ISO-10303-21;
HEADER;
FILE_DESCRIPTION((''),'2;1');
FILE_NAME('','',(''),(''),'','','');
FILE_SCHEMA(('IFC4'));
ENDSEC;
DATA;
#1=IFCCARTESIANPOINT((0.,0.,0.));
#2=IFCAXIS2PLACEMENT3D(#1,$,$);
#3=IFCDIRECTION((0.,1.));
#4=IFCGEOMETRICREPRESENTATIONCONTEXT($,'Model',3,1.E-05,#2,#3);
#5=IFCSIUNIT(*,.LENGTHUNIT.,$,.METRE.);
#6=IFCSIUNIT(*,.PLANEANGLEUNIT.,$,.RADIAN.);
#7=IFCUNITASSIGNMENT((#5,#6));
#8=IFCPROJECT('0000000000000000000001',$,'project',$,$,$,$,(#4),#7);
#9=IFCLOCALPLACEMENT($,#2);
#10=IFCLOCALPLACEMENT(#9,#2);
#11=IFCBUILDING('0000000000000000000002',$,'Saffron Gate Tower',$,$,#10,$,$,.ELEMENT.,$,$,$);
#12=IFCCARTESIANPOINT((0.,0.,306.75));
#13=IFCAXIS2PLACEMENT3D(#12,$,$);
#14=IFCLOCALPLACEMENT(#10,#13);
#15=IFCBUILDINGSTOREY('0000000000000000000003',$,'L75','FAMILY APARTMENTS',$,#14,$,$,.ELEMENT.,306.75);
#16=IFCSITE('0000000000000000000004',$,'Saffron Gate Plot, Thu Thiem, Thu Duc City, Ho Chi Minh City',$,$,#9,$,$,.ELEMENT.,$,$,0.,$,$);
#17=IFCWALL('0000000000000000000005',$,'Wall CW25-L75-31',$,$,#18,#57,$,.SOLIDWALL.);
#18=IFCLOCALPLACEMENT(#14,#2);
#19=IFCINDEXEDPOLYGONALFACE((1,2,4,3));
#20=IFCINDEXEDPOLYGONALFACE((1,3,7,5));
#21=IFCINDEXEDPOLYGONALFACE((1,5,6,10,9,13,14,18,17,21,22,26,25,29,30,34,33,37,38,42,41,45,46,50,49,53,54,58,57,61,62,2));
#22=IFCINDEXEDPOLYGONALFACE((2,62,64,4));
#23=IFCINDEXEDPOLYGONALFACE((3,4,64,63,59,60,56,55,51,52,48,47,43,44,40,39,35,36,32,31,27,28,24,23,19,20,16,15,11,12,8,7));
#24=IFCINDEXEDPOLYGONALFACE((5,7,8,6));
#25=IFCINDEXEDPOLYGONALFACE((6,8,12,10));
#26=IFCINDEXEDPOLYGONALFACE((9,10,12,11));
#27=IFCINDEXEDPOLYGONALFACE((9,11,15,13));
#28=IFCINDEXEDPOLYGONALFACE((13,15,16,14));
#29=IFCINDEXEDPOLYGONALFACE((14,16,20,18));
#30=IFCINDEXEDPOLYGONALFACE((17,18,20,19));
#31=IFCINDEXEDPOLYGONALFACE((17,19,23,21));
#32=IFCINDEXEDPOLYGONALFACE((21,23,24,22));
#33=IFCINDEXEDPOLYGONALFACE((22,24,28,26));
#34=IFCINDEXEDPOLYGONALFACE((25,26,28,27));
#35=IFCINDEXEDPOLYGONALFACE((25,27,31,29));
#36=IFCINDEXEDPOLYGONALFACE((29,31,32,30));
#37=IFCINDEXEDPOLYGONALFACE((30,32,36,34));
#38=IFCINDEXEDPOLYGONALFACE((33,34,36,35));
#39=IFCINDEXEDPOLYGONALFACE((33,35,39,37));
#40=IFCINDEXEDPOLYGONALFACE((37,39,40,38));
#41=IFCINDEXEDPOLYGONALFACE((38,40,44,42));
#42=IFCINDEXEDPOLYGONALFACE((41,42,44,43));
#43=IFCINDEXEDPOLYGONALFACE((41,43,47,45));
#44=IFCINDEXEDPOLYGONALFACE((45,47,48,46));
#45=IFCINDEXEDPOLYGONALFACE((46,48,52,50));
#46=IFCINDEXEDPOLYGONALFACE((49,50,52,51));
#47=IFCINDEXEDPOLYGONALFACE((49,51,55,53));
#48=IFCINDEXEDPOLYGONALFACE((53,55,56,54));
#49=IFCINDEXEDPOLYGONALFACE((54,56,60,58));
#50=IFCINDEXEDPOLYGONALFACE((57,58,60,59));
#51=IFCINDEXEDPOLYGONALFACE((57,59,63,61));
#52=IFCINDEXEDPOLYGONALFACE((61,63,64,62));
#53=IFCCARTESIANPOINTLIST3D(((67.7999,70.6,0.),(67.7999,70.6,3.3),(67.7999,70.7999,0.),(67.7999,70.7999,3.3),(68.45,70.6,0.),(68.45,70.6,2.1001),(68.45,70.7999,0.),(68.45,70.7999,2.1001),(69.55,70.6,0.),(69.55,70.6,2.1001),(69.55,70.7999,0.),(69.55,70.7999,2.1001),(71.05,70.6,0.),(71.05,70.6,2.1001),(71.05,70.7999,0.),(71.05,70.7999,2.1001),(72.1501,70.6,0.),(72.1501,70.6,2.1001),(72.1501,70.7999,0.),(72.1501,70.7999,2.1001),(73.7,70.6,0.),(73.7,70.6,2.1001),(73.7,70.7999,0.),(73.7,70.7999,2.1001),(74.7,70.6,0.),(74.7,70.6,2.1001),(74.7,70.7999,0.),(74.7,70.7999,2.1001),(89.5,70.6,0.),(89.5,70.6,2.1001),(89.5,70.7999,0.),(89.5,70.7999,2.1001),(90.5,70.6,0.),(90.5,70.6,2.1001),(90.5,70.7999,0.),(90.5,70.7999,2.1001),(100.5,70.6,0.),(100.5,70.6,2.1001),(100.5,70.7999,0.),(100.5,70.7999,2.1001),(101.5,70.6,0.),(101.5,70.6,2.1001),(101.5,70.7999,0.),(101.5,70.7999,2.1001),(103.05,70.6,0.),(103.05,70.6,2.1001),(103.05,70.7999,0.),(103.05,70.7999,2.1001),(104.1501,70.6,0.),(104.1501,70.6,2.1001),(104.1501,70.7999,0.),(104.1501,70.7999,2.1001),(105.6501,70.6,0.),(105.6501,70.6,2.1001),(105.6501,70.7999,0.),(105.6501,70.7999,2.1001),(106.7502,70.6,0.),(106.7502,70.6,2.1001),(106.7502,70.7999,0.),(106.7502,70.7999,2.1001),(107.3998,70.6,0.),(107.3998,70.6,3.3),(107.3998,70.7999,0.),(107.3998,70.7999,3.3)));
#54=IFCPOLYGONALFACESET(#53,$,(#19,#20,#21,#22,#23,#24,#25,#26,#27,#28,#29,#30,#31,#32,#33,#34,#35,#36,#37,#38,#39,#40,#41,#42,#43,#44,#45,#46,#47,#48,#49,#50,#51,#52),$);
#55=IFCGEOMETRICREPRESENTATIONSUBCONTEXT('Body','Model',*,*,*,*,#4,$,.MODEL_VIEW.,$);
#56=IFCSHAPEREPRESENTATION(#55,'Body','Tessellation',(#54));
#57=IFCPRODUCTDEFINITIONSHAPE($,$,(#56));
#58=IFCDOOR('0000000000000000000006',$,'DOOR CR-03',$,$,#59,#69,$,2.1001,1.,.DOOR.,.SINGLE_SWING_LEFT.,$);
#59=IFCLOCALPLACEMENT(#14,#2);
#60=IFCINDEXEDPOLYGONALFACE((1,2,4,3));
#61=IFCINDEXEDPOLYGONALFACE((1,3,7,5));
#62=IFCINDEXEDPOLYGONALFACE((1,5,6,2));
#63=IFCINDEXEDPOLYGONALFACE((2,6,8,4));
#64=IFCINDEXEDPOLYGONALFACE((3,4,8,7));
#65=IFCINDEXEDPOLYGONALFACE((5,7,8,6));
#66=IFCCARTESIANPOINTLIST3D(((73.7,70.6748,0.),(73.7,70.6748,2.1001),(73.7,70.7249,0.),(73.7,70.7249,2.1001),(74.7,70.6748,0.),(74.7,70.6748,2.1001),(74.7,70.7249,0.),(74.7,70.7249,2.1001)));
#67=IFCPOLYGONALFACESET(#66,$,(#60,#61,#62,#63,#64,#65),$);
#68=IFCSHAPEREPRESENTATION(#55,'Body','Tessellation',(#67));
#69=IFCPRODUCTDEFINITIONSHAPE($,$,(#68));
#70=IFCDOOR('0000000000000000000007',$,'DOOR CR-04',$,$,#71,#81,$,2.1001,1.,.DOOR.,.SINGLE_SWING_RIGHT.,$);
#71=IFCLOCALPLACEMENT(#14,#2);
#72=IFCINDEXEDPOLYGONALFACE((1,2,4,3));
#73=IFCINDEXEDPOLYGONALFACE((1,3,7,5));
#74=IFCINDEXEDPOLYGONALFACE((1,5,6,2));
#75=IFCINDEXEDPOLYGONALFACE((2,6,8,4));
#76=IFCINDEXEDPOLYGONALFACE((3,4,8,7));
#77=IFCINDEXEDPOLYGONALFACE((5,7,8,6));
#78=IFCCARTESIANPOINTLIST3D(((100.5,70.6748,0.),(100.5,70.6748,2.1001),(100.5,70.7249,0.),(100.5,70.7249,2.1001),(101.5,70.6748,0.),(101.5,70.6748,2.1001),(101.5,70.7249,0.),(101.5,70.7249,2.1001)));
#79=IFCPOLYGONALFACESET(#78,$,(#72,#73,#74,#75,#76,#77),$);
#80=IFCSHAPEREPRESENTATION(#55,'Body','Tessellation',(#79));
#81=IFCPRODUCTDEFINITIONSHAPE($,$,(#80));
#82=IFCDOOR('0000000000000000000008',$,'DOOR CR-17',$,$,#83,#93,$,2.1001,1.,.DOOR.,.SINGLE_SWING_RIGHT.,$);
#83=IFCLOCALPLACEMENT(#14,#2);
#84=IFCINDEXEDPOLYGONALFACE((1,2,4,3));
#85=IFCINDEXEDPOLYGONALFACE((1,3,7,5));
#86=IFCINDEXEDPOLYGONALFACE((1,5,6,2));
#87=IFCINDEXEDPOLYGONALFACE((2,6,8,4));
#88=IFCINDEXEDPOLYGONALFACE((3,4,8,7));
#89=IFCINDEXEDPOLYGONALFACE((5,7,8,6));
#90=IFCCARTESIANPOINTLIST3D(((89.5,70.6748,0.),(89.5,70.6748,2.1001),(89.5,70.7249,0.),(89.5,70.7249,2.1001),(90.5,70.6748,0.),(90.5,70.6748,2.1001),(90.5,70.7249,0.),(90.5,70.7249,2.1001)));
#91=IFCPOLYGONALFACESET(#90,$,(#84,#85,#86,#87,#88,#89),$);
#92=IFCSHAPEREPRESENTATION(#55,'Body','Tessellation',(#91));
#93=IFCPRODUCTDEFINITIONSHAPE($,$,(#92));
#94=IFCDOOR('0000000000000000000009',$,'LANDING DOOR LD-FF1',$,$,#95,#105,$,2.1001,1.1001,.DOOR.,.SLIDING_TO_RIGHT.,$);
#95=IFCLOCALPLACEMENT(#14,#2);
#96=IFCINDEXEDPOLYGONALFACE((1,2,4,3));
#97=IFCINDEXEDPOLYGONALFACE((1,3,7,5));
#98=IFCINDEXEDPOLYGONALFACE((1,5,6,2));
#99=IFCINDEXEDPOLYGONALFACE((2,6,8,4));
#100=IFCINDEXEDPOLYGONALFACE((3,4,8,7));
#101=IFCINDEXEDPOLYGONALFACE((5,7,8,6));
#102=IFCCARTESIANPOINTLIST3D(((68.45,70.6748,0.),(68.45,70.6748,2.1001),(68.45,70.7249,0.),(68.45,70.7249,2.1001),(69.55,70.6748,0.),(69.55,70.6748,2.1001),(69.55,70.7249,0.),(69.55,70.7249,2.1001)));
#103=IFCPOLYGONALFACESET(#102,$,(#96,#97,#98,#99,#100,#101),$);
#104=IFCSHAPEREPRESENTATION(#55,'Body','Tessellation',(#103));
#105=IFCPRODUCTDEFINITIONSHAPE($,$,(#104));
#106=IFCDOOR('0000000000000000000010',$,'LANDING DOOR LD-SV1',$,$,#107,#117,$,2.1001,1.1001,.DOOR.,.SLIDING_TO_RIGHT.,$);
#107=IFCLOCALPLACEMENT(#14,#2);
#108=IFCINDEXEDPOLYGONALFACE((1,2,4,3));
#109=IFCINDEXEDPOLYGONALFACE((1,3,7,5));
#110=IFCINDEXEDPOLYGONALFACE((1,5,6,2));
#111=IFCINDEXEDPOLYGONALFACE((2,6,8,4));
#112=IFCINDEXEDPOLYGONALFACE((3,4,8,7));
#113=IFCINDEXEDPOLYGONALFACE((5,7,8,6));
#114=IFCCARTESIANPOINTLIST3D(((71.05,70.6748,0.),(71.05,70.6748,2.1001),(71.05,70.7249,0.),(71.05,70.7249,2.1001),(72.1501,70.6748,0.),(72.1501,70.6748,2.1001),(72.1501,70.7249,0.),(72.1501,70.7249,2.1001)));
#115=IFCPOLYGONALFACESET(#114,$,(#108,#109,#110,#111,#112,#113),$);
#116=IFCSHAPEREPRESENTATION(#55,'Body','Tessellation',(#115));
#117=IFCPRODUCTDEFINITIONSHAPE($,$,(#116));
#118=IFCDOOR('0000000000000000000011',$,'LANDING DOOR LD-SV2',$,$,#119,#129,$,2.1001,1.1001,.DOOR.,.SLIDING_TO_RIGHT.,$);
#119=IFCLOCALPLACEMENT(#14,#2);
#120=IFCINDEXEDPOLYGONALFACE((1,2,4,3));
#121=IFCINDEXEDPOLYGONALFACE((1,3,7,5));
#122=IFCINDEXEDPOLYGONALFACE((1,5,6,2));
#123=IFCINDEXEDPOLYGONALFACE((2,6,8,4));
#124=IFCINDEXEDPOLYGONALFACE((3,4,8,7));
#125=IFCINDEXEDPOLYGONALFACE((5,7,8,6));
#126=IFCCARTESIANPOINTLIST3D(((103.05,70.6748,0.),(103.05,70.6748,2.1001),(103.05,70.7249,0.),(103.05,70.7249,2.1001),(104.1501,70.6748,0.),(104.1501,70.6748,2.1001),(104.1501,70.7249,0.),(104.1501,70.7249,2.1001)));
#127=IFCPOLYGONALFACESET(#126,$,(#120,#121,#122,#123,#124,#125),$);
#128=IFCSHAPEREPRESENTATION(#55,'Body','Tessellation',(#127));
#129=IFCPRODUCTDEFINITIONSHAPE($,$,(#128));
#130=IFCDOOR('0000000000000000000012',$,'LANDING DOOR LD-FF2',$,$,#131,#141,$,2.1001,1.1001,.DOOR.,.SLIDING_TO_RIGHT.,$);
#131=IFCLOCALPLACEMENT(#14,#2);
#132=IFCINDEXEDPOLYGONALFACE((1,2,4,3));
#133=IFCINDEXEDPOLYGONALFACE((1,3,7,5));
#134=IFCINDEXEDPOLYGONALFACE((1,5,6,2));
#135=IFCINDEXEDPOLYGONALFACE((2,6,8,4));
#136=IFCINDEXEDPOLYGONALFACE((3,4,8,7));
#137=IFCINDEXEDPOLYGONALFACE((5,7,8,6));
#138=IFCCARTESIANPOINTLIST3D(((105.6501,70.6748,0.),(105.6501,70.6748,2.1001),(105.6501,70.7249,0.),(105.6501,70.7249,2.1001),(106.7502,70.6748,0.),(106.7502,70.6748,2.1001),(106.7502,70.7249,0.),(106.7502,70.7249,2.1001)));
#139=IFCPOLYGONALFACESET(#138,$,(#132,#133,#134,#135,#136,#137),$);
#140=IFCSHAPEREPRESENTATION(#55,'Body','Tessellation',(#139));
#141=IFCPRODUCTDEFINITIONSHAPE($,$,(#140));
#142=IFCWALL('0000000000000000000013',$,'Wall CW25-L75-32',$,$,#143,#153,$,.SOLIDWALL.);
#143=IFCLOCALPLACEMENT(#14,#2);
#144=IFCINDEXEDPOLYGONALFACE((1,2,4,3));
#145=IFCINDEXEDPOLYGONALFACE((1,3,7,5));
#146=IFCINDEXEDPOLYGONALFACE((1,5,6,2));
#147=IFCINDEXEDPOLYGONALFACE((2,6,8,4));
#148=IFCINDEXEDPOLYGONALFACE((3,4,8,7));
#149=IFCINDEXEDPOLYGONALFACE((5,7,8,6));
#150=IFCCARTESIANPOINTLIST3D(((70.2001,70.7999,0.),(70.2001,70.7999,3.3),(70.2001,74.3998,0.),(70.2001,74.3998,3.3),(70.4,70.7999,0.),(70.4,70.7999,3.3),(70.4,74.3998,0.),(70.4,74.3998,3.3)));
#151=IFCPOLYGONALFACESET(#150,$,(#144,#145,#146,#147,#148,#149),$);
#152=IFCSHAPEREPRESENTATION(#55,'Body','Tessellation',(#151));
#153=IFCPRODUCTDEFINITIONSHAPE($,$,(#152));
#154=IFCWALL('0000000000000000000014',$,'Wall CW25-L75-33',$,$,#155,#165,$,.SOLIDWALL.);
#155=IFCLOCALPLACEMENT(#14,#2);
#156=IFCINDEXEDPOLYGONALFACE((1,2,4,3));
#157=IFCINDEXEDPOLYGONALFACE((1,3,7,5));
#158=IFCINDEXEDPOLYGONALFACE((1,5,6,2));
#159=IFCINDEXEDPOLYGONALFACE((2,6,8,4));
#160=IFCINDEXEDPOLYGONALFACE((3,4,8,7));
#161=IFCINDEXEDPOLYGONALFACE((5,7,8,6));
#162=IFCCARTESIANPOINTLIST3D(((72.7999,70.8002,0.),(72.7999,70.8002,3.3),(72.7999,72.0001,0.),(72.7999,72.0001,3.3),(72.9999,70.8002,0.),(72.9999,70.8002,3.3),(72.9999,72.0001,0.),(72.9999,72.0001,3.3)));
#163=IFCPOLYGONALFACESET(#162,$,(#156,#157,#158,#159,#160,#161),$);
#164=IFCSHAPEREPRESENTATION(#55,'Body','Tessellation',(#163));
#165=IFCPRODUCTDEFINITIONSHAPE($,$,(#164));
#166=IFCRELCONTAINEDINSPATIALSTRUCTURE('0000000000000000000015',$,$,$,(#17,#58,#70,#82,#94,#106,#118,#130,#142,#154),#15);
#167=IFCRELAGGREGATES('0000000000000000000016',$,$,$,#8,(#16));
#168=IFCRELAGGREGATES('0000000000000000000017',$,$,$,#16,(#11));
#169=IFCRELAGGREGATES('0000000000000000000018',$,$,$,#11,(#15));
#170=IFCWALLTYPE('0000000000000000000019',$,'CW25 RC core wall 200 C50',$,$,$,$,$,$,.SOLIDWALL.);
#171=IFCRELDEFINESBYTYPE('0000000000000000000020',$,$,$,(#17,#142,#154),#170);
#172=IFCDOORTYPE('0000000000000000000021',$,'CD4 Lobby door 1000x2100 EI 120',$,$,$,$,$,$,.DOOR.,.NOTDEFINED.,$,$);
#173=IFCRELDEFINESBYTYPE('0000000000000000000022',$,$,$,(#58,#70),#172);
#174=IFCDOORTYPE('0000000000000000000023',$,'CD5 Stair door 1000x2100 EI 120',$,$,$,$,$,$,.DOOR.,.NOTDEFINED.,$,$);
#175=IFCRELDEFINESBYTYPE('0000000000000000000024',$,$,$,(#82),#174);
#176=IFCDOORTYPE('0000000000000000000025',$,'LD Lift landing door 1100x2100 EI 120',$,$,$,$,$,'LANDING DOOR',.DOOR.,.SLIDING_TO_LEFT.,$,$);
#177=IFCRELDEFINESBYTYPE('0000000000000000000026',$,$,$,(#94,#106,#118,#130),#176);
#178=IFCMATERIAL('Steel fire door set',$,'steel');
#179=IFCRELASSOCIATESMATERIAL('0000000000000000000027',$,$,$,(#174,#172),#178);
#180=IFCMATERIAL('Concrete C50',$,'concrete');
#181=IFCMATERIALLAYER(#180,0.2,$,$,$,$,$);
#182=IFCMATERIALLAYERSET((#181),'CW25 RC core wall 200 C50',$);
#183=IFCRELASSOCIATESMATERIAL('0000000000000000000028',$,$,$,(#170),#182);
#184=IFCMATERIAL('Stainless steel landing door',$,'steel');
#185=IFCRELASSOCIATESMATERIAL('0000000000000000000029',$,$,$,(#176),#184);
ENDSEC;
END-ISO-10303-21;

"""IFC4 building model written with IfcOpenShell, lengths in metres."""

from ifc_helpers import new_model, si_unit, direction, frame, frame_2d, origin, place, context, subcontext, project, spatial, rectangle, extrude, material, layer, layer_set, type_object, element, fill, save


model = new_model("IFC4")

# Units and contexts
model_context = context("Model", 3, precision=1e-05, world=origin(), true_north=direction((0.0, 1.0)))
body_context = subcontext(model_context, "Body", "Model", "MODEL_VIEW")
ifc_project = project(units=[si_unit("LENGTHUNIT", "METRE"), si_unit("PLANEANGLEUNIT", "RADIAN")], contexts=[model_context])

# Site, building, storey
site_placement = place(None, origin())
site = spatial("IfcSite", under=ifc_project, at=site_placement, Name="Saffron Gate Plot, Thu Thiem, Thu Duc City, Ho Chi Minh City", CompositionType="ELEMENT", RefElevation=0.0)
building_placement = place(site_placement, origin())
building = spatial("IfcBuilding", under=site, at=building_placement, Name="Saffron Gate Tower", CompositionType="ELEMENT")
storey_placement = place(building_placement, frame((0.0, 0.0, 306.75)))
storey = spatial("IfcBuildingStorey", under=building, at=storey_placement, Name="L75", Description="FAMILY APARTMENTS", CompositionType="ELEMENT", Elevation=306.75)

# Shared definitions
ifc_material_1 = material(Name="Concrete C50", Category="concrete")

# Wall, openings, doors
ifc_material_2 = material(Name="Steel fire door set", Category="steel")
door_type_1 = type_object("IfcDoorType", Name="CD5 Stair door 1000x2100 EI 120", OperationType="NOTDEFINED", PredefinedType="DOOR", material=ifc_material_2)
ifc_layer_1 = layer(ifc_material_1, 0.2)
ifc_layer_set_1 = layer_set([ifc_layer_1], Name="CW25 RC core wall 200 C50")
wall_type_1 = type_object("IfcWallType", Name="CW25 RC core wall 200 C50", PredefinedType="SOLIDWALL", material=ifc_layer_set_1)
wall_1_placement = place(storey_placement, frame((67.8, 70.7, 0.0), z_axis=(0.0, 0.0, 1.0), x_axis=(1.0, 0.0, 0.0)))
wall_1 = element("IfcWall", 1, at=wall_1_placement, inside=storey, type_object=wall_type_1, Name="Wall CW25-L75-31", PredefinedType="SOLIDWALL", context=body_context, shape_type="SweptSolid", body=[
    extrude(rectangle(XDim=39.5999, YDim=0.2, at=frame_2d((19.7998, 0.0))), origin(), (0.0, 0.0, 1.0), 3.3),
])
opening_1_placement = place(wall_1_placement, frame((0.6499, 0.0, 0.0)))
opening_1 = element("IfcOpeningElement", 2, at=opening_1_placement, cuts=wall_1, PredefinedType="OPENING", context=body_context, shape_type="SweptSolid", body=[
    extrude(rectangle(XDim=1.1001, YDim=2.1001, at=frame_2d((0.55, 1.05))), frame((0.0, 0.1099, 0.0), z_axis=(0.0, -1.0, 0.0), x_axis=(1.0, 0.0, 0.0)), (0.0, 0.0, 1.0), 0.22),
])
opening_2_placement = place(wall_1_placement, frame((3.25, 0.0, 0.0)))
opening_2 = element("IfcOpeningElement", 3, at=opening_2_placement, cuts=wall_1, PredefinedType="OPENING", context=body_context, shape_type="SweptSolid", body=[
    extrude(rectangle(XDim=1.1001, YDim=2.1001, at=frame_2d((0.55, 1.05))), frame((0.0, 0.1099, 0.0), z_axis=(0.0, -1.0, 0.0), x_axis=(1.0, 0.0, 0.0)), (0.0, 0.0, 1.0), 0.22),
])
opening_3_placement = place(wall_1_placement, frame((5.8999, 0.0, 0.0)))
opening_3 = element("IfcOpeningElement", 4, at=opening_3_placement, cuts=wall_1, PredefinedType="OPENING", context=body_context, shape_type="SweptSolid", body=[
    extrude(rectangle(XDim=1.0, YDim=2.1001, at=frame_2d((0.5, 1.05))), frame((0.0, 0.1099, 0.0), z_axis=(0.0, -1.0, 0.0), x_axis=(1.0, 0.0, 0.0)), (0.0, 0.0, 1.0), 0.22),
])
opening_4_placement = place(wall_1_placement, frame((21.7, 0.0, 0.0)))
opening_4 = element("IfcOpeningElement", 5, at=opening_4_placement, cuts=wall_1, PredefinedType="OPENING", context=body_context, shape_type="SweptSolid", body=[
    extrude(rectangle(XDim=1.0, YDim=2.1001, at=frame_2d((0.5, 1.05))), frame((0.0, 0.1099, 0.0), z_axis=(0.0, -1.0, 0.0), x_axis=(1.0, 0.0, 0.0)), (0.0, 0.0, 1.0), 0.22),
])
opening_5_placement = place(wall_1_placement, frame((32.7, 0.0, 0.0)))
opening_5 = element("IfcOpeningElement", 6, at=opening_5_placement, cuts=wall_1, PredefinedType="OPENING", context=body_context, shape_type="SweptSolid", body=[
    extrude(rectangle(XDim=1.0, YDim=2.1001, at=frame_2d((0.5, 1.05))), frame((0.0, 0.1099, 0.0), z_axis=(0.0, -1.0, 0.0), x_axis=(1.0, 0.0, 0.0)), (0.0, 0.0, 1.0), 0.22),
])
opening_6_placement = place(wall_1_placement, frame((35.25, 0.0, 0.0)))
opening_6 = element("IfcOpeningElement", 7, at=opening_6_placement, cuts=wall_1, PredefinedType="OPENING", context=body_context, shape_type="SweptSolid", body=[
    extrude(rectangle(XDim=1.1001, YDim=2.1001, at=frame_2d((0.55, 1.05))), frame((0.0, 0.1099, 0.0), z_axis=(0.0, -1.0, 0.0), x_axis=(1.0, 0.0, 0.0)), (0.0, 0.0, 1.0), 0.22),
])
opening_7_placement = place(wall_1_placement, frame((37.8501, 0.0, 0.0)))
opening_7 = element("IfcOpeningElement", 8, at=opening_7_placement, cuts=wall_1, PredefinedType="OPENING", context=body_context, shape_type="SweptSolid", body=[
    extrude(rectangle(XDim=1.1001, YDim=2.1001, at=frame_2d((0.55, 1.05))), frame((0.0, 0.1099, 0.0), z_axis=(0.0, -1.0, 0.0), x_axis=(1.0, 0.0, 0.0)), (0.0, 0.0, 1.0), 0.22),
])
door_type_2 = type_object("IfcDoorType", Name="CD4 Lobby door 1000x2100 EI 120", OperationType="NOTDEFINED", PredefinedType="DOOR", material=ifc_material_2)
door_1_placement = place(opening_3_placement, origin())
door_1 = element("IfcDoor", 9, at=door_1_placement, inside=storey, type_object=door_type_2, Name="DOOR CR-03", OperationType="SINGLE_SWING_LEFT", OverallHeight=2.1001, OverallWidth=1.0, PredefinedType="DOOR", context=body_context, shape_type="SweptSolid", body=[
    extrude(rectangle(XDim=1.0, YDim=2.1001, at=frame_2d((0.5, 1.05))), frame((0.0, 0.0249, 0.0), z_axis=(0.0, -1.0, 0.0), x_axis=(1.0, 0.0, 0.0)), (0.0, 0.0, 1.0), 0.05),
])
fill(opening_3, door_1)
door_2_placement = place(opening_5_placement, origin())
door_2 = element("IfcDoor", 10, at=door_2_placement, inside=storey, type_object=door_type_2, Name="DOOR CR-04", OperationType="SINGLE_SWING_RIGHT", OverallHeight=2.1001, OverallWidth=1.0, PredefinedType="DOOR", context=body_context, shape_type="SweptSolid", body=[
    extrude(rectangle(XDim=1.0, YDim=2.1001, at=frame_2d((0.5, 1.05))), frame((0.0, 0.0249, 0.0), z_axis=(0.0, -1.0, 0.0), x_axis=(1.0, 0.0, 0.0)), (0.0, 0.0, 1.0), 0.05),
])
fill(opening_5, door_2)
door_3_placement = place(opening_4_placement, origin())
door_3 = element("IfcDoor", 11, at=door_3_placement, inside=storey, type_object=door_type_1, Name="DOOR CR-17", OperationType="SINGLE_SWING_RIGHT", OverallHeight=2.1001, OverallWidth=1.0, PredefinedType="DOOR", context=body_context, shape_type="SweptSolid", body=[
    extrude(rectangle(XDim=1.0, YDim=2.1001, at=frame_2d((0.5, 1.05))), frame((0.0, 0.0249, 0.0), z_axis=(0.0, -1.0, 0.0), x_axis=(1.0, 0.0, 0.0)), (0.0, 0.0, 1.0), 0.05),
])
fill(opening_4, door_3)
ifc_material_3 = material(Name="Stainless steel landing door", Category="steel")
door_type_3 = type_object("IfcDoorType", Name="LD Lift landing door 1100x2100 EI 120", ElementType="LANDING DOOR", OperationType="SLIDING_TO_LEFT", PredefinedType="DOOR", material=ifc_material_3)
door_4_placement = place(opening_1_placement, origin())
door_4 = element("IfcDoor", 12, at=door_4_placement, inside=storey, type_object=door_type_3, Name="LANDING DOOR LD-FF1", OperationType="SLIDING_TO_RIGHT", OverallHeight=2.1001, OverallWidth=1.1001, PredefinedType="DOOR", context=body_context, shape_type="SweptSolid", body=[
    extrude(rectangle(XDim=1.1001, YDim=2.1001, at=frame_2d((0.55, 1.05))), frame((0.0, 0.0249, 0.0), z_axis=(0.0, -1.0, 0.0), x_axis=(1.0, 0.0, 0.0)), (0.0, 0.0, 1.0), 0.05),
])
fill(opening_1, door_4)
door_5_placement = place(opening_2_placement, origin())
door_5 = element("IfcDoor", 13, at=door_5_placement, inside=storey, type_object=door_type_3, Name="LANDING DOOR LD-SV1", OperationType="SLIDING_TO_RIGHT", OverallHeight=2.1001, OverallWidth=1.1001, PredefinedType="DOOR", context=body_context, shape_type="SweptSolid", body=[
    extrude(rectangle(XDim=1.1001, YDim=2.1001, at=frame_2d((0.55, 1.05))), frame((0.0, 0.0249, 0.0), z_axis=(0.0, -1.0, 0.0), x_axis=(1.0, 0.0, 0.0)), (0.0, 0.0, 1.0), 0.05),
])
fill(opening_2, door_5)
door_6_placement = place(opening_6_placement, origin())
door_6 = element("IfcDoor", 14, at=door_6_placement, inside=storey, type_object=door_type_3, Name="LANDING DOOR LD-SV2", OperationType="SLIDING_TO_RIGHT", OverallHeight=2.1001, OverallWidth=1.1001, PredefinedType="DOOR", context=body_context, shape_type="SweptSolid", body=[
    extrude(rectangle(XDim=1.1001, YDim=2.1001, at=frame_2d((0.55, 1.05))), frame((0.0, 0.0249, 0.0), z_axis=(0.0, -1.0, 0.0), x_axis=(1.0, 0.0, 0.0)), (0.0, 0.0, 1.0), 0.05),
])
fill(opening_6, door_6)
door_7_placement = place(opening_7_placement, origin())
door_7 = element("IfcDoor", 15, at=door_7_placement, inside=storey, type_object=door_type_3, Name="LANDING DOOR LD-FF2", OperationType="SLIDING_TO_RIGHT", OverallHeight=2.1001, OverallWidth=1.1001, PredefinedType="DOOR", context=body_context, shape_type="SweptSolid", body=[
    extrude(rectangle(XDim=1.1001, YDim=2.1001, at=frame_2d((0.55, 1.05))), frame((0.0, 0.0249, 0.0), z_axis=(0.0, -1.0, 0.0), x_axis=(1.0, 0.0, 0.0)), (0.0, 0.0, 1.0), 0.05),
])
fill(opening_7, door_7)

# Walls
wall_2_placement = place(storey_placement, frame((70.3, 70.8, 0.0), z_axis=(0.0, 0.0, 1.0), x_axis=(0.0, 1.0, 0.0)))
element("IfcWall", 16, at=wall_2_placement, inside=storey, type_object=wall_type_1, Name="Wall CW25-L75-32", PredefinedType="SOLIDWALL", context=body_context, shape_type="SweptSolid", body=[
    extrude(rectangle(XDim=3.5999, YDim=0.2, at=frame_2d((1.7998, 0.0))), origin(), (0.0, 0.0, 1.0), 3.3),
])
wall_3_placement = place(storey_placement, frame((72.8999, 70.8, 0.0), z_axis=(0.0, 0.0, 1.0), x_axis=(0.0, 1.0, 0.0)))
element("IfcWall", 17, at=wall_3_placement, inside=storey, type_object=wall_type_1, Name="Wall CW25-L75-33", PredefinedType="SOLIDWALL", context=body_context, shape_type="SweptSolid", body=[
    extrude(rectangle(XDim=1.2, YDim=0.2, at=frame_2d((0.6001, 0.0))), origin(), (0.0, 0.0, 1.0), 3.3),
])

save(model, "model.ifc")
